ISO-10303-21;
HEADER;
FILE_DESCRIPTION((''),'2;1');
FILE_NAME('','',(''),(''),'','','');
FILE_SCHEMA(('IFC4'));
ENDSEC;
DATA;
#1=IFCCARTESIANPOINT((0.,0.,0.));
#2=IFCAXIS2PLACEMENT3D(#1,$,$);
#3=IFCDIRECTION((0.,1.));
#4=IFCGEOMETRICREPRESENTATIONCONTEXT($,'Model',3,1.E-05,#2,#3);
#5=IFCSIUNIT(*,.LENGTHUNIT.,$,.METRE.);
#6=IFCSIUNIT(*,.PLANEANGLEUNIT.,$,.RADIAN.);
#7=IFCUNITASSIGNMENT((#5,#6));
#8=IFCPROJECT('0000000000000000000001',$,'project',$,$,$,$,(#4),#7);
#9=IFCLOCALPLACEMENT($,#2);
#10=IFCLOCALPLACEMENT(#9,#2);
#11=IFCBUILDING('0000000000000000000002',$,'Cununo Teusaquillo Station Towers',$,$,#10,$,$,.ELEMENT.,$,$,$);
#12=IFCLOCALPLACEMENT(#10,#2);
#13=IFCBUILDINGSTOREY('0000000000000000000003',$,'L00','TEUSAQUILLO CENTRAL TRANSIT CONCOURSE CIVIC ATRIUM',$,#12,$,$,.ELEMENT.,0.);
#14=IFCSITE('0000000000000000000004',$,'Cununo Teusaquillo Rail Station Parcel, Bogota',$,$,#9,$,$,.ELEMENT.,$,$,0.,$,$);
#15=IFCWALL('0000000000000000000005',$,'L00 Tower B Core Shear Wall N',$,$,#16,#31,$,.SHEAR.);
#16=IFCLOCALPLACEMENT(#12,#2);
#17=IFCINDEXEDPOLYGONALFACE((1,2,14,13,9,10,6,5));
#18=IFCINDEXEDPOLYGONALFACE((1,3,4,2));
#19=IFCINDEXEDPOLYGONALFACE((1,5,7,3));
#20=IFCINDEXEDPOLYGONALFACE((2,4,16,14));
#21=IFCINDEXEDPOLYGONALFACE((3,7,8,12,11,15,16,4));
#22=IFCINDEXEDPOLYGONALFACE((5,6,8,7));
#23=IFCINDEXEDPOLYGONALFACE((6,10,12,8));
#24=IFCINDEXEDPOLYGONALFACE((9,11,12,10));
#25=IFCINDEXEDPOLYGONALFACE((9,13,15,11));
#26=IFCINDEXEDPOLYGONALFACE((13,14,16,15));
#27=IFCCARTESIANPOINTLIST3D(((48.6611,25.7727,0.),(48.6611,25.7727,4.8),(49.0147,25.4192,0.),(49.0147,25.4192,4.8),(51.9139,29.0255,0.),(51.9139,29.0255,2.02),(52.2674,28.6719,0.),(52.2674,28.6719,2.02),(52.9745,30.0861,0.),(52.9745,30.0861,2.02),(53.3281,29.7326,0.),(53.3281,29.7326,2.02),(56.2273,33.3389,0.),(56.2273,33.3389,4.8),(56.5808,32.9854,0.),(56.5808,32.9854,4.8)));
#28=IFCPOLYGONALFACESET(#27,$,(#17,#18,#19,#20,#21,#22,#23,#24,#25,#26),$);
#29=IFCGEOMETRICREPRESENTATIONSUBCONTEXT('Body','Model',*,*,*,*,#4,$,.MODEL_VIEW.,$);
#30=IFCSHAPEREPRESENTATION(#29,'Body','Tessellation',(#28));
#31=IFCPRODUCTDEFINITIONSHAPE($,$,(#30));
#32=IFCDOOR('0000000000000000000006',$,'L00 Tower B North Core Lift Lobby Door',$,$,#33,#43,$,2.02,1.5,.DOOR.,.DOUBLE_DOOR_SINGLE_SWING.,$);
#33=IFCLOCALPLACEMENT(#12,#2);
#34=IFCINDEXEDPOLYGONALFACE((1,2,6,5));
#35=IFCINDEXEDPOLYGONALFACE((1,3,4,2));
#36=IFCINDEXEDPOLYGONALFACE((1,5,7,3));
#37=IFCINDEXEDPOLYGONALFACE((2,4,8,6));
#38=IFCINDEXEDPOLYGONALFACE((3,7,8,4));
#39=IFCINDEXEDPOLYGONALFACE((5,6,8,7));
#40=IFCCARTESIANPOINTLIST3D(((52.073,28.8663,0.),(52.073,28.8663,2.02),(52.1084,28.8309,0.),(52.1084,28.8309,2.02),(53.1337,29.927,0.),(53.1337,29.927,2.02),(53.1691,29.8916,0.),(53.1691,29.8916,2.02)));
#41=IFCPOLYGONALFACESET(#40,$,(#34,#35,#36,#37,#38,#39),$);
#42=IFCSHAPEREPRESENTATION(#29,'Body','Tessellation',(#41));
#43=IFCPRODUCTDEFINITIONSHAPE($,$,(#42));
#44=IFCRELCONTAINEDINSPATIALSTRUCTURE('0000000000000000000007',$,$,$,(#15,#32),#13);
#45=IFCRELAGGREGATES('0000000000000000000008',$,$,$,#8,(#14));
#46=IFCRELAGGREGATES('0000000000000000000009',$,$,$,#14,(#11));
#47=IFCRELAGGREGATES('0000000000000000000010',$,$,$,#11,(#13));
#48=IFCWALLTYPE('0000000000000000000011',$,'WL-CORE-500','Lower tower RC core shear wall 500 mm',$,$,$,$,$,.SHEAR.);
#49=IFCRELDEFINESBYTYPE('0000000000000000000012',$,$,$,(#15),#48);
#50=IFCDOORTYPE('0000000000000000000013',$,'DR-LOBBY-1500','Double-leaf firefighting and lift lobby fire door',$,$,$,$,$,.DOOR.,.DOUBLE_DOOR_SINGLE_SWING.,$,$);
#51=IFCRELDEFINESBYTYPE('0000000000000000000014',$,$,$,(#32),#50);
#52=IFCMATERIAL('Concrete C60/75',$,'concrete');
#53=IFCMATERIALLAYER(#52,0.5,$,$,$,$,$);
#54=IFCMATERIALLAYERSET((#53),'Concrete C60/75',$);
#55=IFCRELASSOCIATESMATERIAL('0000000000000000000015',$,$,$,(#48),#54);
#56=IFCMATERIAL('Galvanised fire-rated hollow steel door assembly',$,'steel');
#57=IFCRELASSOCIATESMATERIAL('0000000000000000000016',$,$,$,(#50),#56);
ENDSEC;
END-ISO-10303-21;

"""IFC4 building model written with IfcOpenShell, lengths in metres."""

from ifc_helpers import new_model, si_unit, direction, frame, frame_2d, origin, place, context, subcontext, project, spatial, rectangle, extrude, source, transform, mapped, material, layer, layer_set, type_object, element, fill, save


model = new_model("IFC4")

# Units and contexts
model_context = context("Model", 3, precision=1e-05, world=origin(), true_north=direction((0.0, 1.0)))
body_context = subcontext(model_context, "Body", "Model", "MODEL_VIEW")
ifc_project = project(units=[si_unit("LENGTHUNIT", "METRE"), si_unit("PLANEANGLEUNIT", "RADIAN")], contexts=[model_context])

# Site, building, storey
site_placement = place(None, origin())
site = spatial("IfcSite", under=ifc_project, at=site_placement, Name="Cununo Teusaquillo Rail Station Parcel, Bogota", CompositionType="ELEMENT", RefElevation=0.0)
building_placement = place(site_placement, origin())
building = spatial("IfcBuilding", under=site, at=building_placement, Name="Cununo Teusaquillo Station Towers", CompositionType="ELEMENT")
storey_placement = place(building_placement, origin())
storey = spatial("IfcBuildingStorey", under=building, at=storey_placement, Name="L00", Description="TEUSAQUILLO CENTRAL TRANSIT CONCOURSE CIVIC ATRIUM", CompositionType="ELEMENT", Elevation=0.0)

# Wall, opening, door
ifc_material_1 = material(Name="Concrete C60/75", Category="concrete")
ifc_layer_1 = layer(ifc_material_1, 0.5)
ifc_layer_set_1 = layer_set([ifc_layer_1], Name="Concrete C60/75")
wall_type = type_object("IfcWallType", Name="WL-CORE-500", Description="Lower tower RC core shear wall 500 mm", PredefinedType="SHEAR", material=ifc_layer_set_1)
wall_placement = place(storey_placement, frame((48.8379, 25.5959, 0.0), z_axis=(0.0, 0.0, 1.0), x_axis=(0.707107, 0.707107, 0.0)))
wall = element("IfcWall", 1, at=wall_placement, inside=storey, type_object=wall_type, Name="L00 Tower B Core Shear Wall N", PredefinedType="SHEAR", context=body_context, shape_type="SweptSolid", body=[
    extrude(rectangle(XDim=10.7002, YDim=0.5, at=frame_2d((5.3501, 0.0))), origin(), (0.0, 0.0, 1.0), 4.8),
])
shared_shape_1 = source(origin(), body_context, "Body", "SweptSolid", [
    extrude(rectangle(XDim=1.5, YDim=2.02, at=frame_2d((0.75, 1.01))), frame((0.0, 0.26, 0.0), z_axis=(0.0, -1.0, 0.0), x_axis=(1.0, 0.0, 0.0)), (0.0, 0.0, 1.0), 0.52),
])
opening_placement = place(wall_placement, frame((4.6001, 0.0, 0.0)))
opening = element("IfcOpeningElement", 2, at=opening_placement, cuts=wall, PredefinedType="OPENING", context=body_context, shape_type="MappedRepresentation", body=[
    mapped(shared_shape_1, transform((0.0, 0.0, 0.0), x_axis=(1.0, 0.0, 0.0), y_axis=(0.0, 1.0, 0.0), z_axis=(0.0, 0.0, 1.0), scale=1.0)),
])
ifc_material_2 = material(Name="Galvanised fire-rated hollow steel door assembly", Category="steel")
door_type = type_object("IfcDoorType", Name="DR-LOBBY-1500", Description="Double-leaf firefighting and lift lobby fire door", OperationType="DOUBLE_DOOR_SINGLE_SWING", PredefinedType="DOOR", material=ifc_material_2)
shared_shape_2 = source(origin(), body_context, "Body", "SweptSolid", [
    extrude(rectangle(XDim=1.5, YDim=2.02, at=frame_2d((0.75, 1.01))), frame((0.0, 0.0249, 0.0), z_axis=(0.0, -1.0, 0.0), x_axis=(1.0, 0.0, 0.0)), (0.0, 0.0, 1.0), 0.05),
])
door_placement = place(opening_placement, origin())
door = element("IfcDoor", 3, at=door_placement, inside=storey, type_object=door_type, Name="L00 Tower B North Core Lift Lobby Door", OperationType="DOUBLE_DOOR_SINGLE_SWING", OverallHeight=2.02, OverallWidth=1.5, PredefinedType="DOOR", context=body_context, shape_type="MappedRepresentation", body=[
    mapped(shared_shape_2, transform((0.0, 0.0, 0.0), x_axis=(1.0, 0.0, 0.0), y_axis=(0.0, 1.0, 0.0), z_axis=(0.0, 0.0, 1.0), scale=1.0)),
])
fill(opening, door)

save(model, "model.ifc")
